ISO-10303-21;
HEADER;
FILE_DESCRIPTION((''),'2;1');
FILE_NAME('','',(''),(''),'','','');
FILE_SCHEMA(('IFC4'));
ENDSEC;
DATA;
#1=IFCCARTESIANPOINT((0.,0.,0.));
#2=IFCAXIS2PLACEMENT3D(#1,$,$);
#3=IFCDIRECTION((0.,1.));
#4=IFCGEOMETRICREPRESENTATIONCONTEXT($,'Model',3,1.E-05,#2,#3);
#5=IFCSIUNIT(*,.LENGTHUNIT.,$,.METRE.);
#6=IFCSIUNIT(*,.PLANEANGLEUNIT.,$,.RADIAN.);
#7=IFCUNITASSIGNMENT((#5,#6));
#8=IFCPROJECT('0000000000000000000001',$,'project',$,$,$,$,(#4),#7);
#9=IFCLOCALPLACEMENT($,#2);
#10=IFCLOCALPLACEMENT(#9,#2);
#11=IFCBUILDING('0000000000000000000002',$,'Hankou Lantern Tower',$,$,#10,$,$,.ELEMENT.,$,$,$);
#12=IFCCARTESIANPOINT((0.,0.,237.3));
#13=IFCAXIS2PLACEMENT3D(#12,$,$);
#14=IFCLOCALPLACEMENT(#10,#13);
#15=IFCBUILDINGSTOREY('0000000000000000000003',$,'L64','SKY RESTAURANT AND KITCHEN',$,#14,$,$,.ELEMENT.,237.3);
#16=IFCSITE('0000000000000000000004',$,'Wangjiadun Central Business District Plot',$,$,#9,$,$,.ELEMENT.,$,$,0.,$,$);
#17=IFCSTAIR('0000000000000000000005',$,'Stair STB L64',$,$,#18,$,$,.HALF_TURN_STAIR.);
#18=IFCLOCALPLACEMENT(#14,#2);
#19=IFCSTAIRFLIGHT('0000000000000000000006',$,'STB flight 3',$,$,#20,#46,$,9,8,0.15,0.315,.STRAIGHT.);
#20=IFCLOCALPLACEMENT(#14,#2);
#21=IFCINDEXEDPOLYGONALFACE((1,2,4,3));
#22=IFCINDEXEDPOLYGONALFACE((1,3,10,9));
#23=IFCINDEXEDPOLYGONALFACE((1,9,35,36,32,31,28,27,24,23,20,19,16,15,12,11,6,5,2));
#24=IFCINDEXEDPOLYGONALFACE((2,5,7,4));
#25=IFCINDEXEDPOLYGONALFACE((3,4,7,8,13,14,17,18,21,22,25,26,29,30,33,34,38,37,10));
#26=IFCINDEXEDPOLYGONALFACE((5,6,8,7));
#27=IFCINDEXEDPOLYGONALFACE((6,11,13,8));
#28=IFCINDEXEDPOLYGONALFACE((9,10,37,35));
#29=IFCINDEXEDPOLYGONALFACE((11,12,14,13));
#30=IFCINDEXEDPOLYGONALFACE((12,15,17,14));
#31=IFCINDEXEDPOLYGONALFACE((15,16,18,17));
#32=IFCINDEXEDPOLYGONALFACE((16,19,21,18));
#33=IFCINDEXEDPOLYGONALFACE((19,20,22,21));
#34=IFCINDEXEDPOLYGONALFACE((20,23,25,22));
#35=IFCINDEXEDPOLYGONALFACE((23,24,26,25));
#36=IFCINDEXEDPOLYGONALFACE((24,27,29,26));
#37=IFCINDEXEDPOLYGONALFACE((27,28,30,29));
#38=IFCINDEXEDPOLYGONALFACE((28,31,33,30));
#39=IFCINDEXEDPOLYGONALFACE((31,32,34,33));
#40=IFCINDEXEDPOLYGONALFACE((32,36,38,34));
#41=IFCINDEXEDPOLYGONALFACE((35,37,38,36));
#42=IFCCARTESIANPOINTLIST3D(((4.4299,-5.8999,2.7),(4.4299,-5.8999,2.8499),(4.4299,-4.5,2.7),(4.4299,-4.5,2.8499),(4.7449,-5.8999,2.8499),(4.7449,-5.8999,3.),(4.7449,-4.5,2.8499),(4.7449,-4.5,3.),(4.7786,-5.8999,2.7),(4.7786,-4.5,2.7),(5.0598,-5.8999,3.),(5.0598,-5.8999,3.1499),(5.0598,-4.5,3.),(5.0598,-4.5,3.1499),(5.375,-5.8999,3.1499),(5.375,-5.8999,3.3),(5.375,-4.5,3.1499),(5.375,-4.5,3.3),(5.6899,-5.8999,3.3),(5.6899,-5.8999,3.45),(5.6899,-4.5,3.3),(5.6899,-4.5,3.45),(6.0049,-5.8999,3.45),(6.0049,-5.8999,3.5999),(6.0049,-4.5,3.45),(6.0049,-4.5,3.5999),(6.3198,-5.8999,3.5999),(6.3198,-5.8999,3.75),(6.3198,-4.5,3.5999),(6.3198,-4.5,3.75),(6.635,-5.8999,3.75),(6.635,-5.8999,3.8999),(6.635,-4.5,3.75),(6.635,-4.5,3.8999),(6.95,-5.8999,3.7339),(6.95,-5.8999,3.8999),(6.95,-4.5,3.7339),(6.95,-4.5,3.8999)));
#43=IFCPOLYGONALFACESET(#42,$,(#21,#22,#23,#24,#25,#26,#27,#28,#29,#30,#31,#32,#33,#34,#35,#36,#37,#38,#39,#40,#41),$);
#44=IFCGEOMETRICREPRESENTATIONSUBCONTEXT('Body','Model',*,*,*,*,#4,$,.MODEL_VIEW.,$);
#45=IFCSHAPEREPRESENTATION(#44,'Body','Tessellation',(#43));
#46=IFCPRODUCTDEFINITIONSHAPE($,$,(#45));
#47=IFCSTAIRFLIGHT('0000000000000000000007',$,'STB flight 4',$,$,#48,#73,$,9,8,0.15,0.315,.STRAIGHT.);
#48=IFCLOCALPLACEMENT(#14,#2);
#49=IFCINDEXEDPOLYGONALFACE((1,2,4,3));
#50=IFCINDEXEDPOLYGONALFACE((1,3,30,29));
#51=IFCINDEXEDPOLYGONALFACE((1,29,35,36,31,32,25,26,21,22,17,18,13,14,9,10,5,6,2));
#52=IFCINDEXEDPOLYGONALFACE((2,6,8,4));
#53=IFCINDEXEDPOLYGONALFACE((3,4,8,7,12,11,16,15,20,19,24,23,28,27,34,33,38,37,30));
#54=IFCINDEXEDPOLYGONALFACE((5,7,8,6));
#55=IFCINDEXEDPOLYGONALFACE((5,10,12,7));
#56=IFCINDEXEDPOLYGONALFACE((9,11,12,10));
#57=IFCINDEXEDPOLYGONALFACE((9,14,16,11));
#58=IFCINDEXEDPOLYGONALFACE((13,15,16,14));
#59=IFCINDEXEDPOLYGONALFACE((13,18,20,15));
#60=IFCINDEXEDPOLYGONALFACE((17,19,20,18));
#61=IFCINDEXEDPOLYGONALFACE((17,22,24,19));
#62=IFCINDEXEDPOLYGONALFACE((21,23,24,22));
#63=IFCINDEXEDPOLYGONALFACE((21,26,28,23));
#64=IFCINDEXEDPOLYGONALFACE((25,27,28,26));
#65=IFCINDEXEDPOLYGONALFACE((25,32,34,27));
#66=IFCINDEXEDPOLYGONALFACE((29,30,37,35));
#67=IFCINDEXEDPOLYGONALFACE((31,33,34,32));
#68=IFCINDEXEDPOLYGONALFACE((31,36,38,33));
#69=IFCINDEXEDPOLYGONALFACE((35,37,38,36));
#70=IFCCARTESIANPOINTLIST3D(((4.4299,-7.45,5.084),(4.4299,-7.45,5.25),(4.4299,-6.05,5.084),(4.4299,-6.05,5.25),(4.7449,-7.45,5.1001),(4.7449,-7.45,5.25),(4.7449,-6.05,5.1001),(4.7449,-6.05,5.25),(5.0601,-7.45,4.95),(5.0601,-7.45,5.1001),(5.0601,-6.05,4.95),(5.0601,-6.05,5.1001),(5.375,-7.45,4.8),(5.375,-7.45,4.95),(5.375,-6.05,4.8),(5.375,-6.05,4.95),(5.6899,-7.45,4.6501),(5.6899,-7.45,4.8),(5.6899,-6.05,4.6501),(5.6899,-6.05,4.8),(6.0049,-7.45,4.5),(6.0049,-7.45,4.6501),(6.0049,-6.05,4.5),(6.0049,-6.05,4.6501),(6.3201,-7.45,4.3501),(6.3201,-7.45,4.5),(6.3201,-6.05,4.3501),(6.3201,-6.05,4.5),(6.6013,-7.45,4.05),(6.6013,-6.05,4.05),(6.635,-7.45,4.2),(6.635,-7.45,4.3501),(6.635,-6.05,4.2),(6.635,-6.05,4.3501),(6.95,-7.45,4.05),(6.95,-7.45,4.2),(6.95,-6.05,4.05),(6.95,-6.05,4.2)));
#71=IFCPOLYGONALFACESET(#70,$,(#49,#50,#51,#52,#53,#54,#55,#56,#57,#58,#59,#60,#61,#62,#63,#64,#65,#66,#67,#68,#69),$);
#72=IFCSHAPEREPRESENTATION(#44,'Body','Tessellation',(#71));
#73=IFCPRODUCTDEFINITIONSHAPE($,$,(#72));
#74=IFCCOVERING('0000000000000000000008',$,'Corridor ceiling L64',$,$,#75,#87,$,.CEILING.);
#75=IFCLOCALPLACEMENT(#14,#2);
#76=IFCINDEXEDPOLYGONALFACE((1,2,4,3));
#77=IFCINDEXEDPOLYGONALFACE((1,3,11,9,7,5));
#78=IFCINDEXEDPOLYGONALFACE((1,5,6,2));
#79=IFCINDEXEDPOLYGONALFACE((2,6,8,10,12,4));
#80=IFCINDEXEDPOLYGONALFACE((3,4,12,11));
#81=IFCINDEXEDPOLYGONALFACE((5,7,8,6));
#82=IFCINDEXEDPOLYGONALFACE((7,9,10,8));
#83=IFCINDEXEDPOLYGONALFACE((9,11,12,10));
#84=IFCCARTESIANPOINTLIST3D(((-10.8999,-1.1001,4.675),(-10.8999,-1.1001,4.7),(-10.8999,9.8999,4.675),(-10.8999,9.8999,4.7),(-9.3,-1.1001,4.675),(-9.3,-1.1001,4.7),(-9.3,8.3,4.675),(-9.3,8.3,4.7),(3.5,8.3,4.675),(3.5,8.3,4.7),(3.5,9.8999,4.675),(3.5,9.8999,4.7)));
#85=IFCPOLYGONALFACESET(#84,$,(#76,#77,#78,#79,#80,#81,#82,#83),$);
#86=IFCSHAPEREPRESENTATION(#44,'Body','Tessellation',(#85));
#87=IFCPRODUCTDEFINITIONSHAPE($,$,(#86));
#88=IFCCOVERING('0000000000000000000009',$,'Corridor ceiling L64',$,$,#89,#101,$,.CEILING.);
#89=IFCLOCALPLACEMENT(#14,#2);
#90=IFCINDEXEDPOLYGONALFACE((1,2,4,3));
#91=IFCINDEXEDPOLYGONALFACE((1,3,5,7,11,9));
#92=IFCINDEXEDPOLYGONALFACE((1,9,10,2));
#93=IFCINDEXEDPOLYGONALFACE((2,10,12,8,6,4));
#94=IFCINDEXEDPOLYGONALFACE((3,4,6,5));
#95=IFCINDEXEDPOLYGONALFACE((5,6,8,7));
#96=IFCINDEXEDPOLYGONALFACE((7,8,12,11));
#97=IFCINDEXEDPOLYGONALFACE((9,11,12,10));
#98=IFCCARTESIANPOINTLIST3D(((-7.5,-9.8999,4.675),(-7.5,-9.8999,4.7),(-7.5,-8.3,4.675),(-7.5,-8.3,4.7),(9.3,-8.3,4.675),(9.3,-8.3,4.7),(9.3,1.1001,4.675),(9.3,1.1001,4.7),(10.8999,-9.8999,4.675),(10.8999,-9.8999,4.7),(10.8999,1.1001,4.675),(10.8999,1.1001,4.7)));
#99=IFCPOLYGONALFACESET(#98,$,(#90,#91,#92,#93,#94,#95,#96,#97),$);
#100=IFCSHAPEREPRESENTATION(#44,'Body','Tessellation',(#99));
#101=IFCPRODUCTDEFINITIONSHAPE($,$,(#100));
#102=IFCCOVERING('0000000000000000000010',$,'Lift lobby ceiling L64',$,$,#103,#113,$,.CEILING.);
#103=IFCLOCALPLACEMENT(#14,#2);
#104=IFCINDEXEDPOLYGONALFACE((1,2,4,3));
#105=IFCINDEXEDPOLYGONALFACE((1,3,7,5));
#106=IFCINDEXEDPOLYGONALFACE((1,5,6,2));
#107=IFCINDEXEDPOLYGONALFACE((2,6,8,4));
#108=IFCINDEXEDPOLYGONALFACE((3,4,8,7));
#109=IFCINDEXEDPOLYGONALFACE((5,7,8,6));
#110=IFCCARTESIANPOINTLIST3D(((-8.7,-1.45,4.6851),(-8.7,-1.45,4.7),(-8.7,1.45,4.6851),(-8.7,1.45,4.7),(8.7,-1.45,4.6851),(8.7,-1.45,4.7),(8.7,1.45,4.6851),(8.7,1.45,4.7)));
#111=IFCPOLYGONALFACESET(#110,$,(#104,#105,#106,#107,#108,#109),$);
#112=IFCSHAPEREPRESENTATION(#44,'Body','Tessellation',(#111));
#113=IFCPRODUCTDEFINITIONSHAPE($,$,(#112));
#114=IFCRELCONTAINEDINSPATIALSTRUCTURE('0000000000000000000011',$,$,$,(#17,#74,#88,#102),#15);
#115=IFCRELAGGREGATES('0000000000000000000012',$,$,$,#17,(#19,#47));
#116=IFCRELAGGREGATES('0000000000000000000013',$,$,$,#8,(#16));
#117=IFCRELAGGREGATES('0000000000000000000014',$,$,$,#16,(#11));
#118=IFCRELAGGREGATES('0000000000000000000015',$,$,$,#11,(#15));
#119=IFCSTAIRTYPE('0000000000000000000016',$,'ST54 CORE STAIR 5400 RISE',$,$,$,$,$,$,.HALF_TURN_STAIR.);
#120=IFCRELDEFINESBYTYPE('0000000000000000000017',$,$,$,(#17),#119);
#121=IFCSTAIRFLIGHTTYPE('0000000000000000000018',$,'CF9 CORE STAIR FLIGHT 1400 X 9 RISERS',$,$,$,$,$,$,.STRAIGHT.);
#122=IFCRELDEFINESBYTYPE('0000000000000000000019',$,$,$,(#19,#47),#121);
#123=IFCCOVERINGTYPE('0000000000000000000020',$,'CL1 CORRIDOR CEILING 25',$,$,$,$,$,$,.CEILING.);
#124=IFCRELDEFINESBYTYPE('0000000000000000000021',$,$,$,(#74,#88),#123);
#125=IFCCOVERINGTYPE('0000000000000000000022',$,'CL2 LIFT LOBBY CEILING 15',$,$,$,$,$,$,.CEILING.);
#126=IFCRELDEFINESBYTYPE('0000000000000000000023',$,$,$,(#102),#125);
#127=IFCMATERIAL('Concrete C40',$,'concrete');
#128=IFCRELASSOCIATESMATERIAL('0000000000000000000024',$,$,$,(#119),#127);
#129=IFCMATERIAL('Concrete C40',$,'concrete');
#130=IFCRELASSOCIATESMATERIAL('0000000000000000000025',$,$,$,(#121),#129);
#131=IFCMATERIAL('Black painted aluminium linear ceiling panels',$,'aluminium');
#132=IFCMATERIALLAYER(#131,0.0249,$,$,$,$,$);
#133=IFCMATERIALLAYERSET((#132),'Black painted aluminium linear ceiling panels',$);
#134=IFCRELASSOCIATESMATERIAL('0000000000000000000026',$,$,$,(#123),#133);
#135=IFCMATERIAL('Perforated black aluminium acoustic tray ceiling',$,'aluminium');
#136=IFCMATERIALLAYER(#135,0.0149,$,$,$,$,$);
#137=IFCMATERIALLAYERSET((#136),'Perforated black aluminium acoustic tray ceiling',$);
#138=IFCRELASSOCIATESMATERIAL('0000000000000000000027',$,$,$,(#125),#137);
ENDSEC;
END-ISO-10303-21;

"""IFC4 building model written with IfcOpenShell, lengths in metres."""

from ifc_helpers import new_model, si_unit, direction, frame, origin, place, context, subcontext, project, spatial, polyline, outline, extrude, material, layer, layer_set, type_object, element, aggregate, save


model = new_model("IFC4")

# Units and contexts
model_context = context("Model", 3, precision=1e-05, world=origin(), true_north=direction((0.0, 1.0)))
body_context = subcontext(model_context, "Body", "Model", "MODEL_VIEW")
ifc_project = project(units=[si_unit("LENGTHUNIT", "METRE"), si_unit("PLANEANGLEUNIT", "RADIAN")], contexts=[model_context])

# Site, building, storey
site_placement = place(None, origin())
site = spatial("IfcSite", under=ifc_project, at=site_placement, Name="Wangjiadun Central Business District Plot", CompositionType="ELEMENT", RefElevation=0.0)
building_placement = place(site_placement, origin())
building = spatial("IfcBuilding", under=site, at=building_placement, Name="Hankou Lantern Tower", CompositionType="ELEMENT")
storey_placement = place(building_placement, frame((0.0, 0.0, 237.3)))
storey = spatial("IfcBuildingStorey", under=building, at=storey_placement, Name="L64", Description="SKY RESTAURANT AND KITCHEN", CompositionType="ELEMENT", Elevation=237.3)

# Stair, stair flights
ifc_material_1 = material(Name="Concrete C40", Category="concrete")
stair_type = type_object("IfcStairType", Name="ST54 CORE STAIR 5400 RISE", PredefinedType="HALF_TURN_STAIR", material=ifc_material_1)
stair_placement = place(storey_placement, origin())
stair = element("IfcStair", 1, at=stair_placement, inside=storey, type_object=stair_type, Name="Stair STB L64", PredefinedType="HALF_TURN_STAIR")
ifc_material_2 = material(Name="Concrete C40", Category="concrete")
stair_flight_type = type_object("IfcStairFlightType", Name="CF9 CORE STAIR FLIGHT 1400 X 9 RISERS", PredefinedType="STRAIGHT", material=ifc_material_2)
stair_flight_1_placement = place(storey_placement, frame((4.4299, -5.2, 2.7), z_axis=(0.0, 0.0, 1.0), x_axis=(1.0, 0.0, 0.0)))
stair_flight_1 = element("IfcStairFlight", 2, at=stair_flight_1_placement, type_object=stair_flight_type, Name="STB flight 3", NumberOfRisers=9, NumberOfTreads=8, PredefinedType="STRAIGHT", RiserHeight=0.15, TreadLength=0.315, context=body_context, shape_type="SweptSolid", body=[
    extrude(outline(polyline([(0.0, 0.0), (0.0, 0.1499), (0.3149, 0.1499), (0.3149, 0.3), (0.6299, 0.3), (0.6299, 0.45), (0.9451, 0.45), (0.9451, 0.6001), (1.26, 0.6001), (1.26, 0.75), (1.575, 0.75), (1.575, 0.8999), (1.8899, 0.8999), (1.8899, 1.05), (2.2051, 1.05), (2.2051, 1.2), (2.52, 1.2), (2.52, 1.3501), (2.52, 1.0339), (0.3486, 0.0), (0.0, 0.0)])), frame((0.0, 0.7, 0.0), z_axis=(0.0, -1.0, 0.0), x_axis=(1.0, 0.0, 0.0)), (0.0, 0.0, 1.0), 1.3999),
])
stair_flight_2_placement = place(storey_placement, frame((6.95, -6.75, 4.05), z_axis=(0.0, 0.0, 1.0), x_axis=(-1.0, 0.0, 0.0)))
stair_flight_2 = element("IfcStairFlight", 3, at=stair_flight_2_placement, type_object=stair_flight_type, Name="STB flight 4", NumberOfRisers=9, NumberOfTreads=8, PredefinedType="STRAIGHT", RiserHeight=0.15, TreadLength=0.315, context=body_context, shape_type="SweptSolid", body=[
    extrude(outline(polyline([(0.0, 0.0), (0.0, 0.1499), (0.3149, 0.1499), (0.3149, 0.3), (0.6299, 0.3), (0.6299, 0.45), (0.9451, 0.45), (0.9451, 0.6001), (1.26, 0.6001), (1.26, 0.75), (1.575, 0.75), (1.575, 0.8999), (1.8899, 0.8999), (1.8899, 1.05), (2.2051, 1.05), (2.2051, 1.2), (2.52, 1.2), (2.52, 1.3501), (2.52, 1.0339), (0.3486, 0.0), (0.0, 0.0)])), frame((0.0, 0.7, 0.0), z_axis=(0.0, -1.0, 0.0), x_axis=(1.0, 0.0, 0.0)), (0.0, 0.0, 1.0), 1.3999),
])
aggregate(stair, [stair_flight_1, stair_flight_2])

# Coverings
ifc_material_3 = material(Name="Black painted aluminium linear ceiling panels", Category="aluminium")
ifc_layer_1 = layer(ifc_material_3, 0.0249)
ifc_layer_set_1 = layer_set([ifc_layer_1], Name="Black painted aluminium linear ceiling panels")
covering_type_1 = type_object("IfcCoveringType", Name="CL1 CORRIDOR CEILING 25", PredefinedType="CEILING", material=ifc_layer_set_1)
covering_1_placement = place(storey_placement, frame((0.0, 0.0, 4.675)))
element("IfcCovering", 4, at=covering_1_placement, inside=storey, type_object=covering_type_1, Name="Corridor ceiling L64", PredefinedType="CEILING", context=body_context, shape_type="SweptSolid", body=[
    extrude(outline(polyline([(-9.3, 8.3), (3.5, 8.3), (3.5, 9.8999), (-10.8999, 9.8999), (-10.8999, -1.1001), (-9.3, -1.1001), (-9.3, 8.3)])), origin(), (0.0, 0.0, 1.0), 0.0249),
])
covering_2_placement = place(storey_placement, frame((0.0, 0.0, 4.675)))
element("IfcCovering", 5, at=covering_2_placement, inside=storey, type_object=covering_type_1, Name="Corridor ceiling L64", PredefinedType="CEILING", context=body_context, shape_type="SweptSolid", body=[
    extrude(outline(polyline([(10.8999, 1.1001), (9.3, 1.1001), (9.3, -8.3), (-7.5, -8.3), (-7.5, -9.8999), (10.8999, -9.8999), (10.8999, 1.1001)])), origin(), (0.0, 0.0, 1.0), 0.0249),
])
ifc_material_4 = material(Name="Perforated black aluminium acoustic tray ceiling", Category="aluminium")
ifc_layer_2 = layer(ifc_material_4, 0.0149)
ifc_layer_set_2 = layer_set([ifc_layer_2], Name="Perforated black aluminium acoustic tray ceiling")
covering_type_2 = type_object("IfcCoveringType", Name="CL2 LIFT LOBBY CEILING 15", PredefinedType="CEILING", material=ifc_layer_set_2)
covering_3_placement = place(storey_placement, frame((0.0, 0.0, 4.6851)))
element("IfcCovering", 6, at=covering_3_placement, inside=storey, type_object=covering_type_2, Name="Lift lobby ceiling L64", PredefinedType="CEILING", context=body_context, shape_type="SweptSolid", body=[
    extrude(outline(polyline([(-8.7, -1.45), (8.7, -1.45), (8.7, 1.45), (-8.7, 1.45), (-8.7, -1.45)])), origin(), (0.0, 0.0, 1.0), 0.0149),
])

save(model, "model.ifc")
